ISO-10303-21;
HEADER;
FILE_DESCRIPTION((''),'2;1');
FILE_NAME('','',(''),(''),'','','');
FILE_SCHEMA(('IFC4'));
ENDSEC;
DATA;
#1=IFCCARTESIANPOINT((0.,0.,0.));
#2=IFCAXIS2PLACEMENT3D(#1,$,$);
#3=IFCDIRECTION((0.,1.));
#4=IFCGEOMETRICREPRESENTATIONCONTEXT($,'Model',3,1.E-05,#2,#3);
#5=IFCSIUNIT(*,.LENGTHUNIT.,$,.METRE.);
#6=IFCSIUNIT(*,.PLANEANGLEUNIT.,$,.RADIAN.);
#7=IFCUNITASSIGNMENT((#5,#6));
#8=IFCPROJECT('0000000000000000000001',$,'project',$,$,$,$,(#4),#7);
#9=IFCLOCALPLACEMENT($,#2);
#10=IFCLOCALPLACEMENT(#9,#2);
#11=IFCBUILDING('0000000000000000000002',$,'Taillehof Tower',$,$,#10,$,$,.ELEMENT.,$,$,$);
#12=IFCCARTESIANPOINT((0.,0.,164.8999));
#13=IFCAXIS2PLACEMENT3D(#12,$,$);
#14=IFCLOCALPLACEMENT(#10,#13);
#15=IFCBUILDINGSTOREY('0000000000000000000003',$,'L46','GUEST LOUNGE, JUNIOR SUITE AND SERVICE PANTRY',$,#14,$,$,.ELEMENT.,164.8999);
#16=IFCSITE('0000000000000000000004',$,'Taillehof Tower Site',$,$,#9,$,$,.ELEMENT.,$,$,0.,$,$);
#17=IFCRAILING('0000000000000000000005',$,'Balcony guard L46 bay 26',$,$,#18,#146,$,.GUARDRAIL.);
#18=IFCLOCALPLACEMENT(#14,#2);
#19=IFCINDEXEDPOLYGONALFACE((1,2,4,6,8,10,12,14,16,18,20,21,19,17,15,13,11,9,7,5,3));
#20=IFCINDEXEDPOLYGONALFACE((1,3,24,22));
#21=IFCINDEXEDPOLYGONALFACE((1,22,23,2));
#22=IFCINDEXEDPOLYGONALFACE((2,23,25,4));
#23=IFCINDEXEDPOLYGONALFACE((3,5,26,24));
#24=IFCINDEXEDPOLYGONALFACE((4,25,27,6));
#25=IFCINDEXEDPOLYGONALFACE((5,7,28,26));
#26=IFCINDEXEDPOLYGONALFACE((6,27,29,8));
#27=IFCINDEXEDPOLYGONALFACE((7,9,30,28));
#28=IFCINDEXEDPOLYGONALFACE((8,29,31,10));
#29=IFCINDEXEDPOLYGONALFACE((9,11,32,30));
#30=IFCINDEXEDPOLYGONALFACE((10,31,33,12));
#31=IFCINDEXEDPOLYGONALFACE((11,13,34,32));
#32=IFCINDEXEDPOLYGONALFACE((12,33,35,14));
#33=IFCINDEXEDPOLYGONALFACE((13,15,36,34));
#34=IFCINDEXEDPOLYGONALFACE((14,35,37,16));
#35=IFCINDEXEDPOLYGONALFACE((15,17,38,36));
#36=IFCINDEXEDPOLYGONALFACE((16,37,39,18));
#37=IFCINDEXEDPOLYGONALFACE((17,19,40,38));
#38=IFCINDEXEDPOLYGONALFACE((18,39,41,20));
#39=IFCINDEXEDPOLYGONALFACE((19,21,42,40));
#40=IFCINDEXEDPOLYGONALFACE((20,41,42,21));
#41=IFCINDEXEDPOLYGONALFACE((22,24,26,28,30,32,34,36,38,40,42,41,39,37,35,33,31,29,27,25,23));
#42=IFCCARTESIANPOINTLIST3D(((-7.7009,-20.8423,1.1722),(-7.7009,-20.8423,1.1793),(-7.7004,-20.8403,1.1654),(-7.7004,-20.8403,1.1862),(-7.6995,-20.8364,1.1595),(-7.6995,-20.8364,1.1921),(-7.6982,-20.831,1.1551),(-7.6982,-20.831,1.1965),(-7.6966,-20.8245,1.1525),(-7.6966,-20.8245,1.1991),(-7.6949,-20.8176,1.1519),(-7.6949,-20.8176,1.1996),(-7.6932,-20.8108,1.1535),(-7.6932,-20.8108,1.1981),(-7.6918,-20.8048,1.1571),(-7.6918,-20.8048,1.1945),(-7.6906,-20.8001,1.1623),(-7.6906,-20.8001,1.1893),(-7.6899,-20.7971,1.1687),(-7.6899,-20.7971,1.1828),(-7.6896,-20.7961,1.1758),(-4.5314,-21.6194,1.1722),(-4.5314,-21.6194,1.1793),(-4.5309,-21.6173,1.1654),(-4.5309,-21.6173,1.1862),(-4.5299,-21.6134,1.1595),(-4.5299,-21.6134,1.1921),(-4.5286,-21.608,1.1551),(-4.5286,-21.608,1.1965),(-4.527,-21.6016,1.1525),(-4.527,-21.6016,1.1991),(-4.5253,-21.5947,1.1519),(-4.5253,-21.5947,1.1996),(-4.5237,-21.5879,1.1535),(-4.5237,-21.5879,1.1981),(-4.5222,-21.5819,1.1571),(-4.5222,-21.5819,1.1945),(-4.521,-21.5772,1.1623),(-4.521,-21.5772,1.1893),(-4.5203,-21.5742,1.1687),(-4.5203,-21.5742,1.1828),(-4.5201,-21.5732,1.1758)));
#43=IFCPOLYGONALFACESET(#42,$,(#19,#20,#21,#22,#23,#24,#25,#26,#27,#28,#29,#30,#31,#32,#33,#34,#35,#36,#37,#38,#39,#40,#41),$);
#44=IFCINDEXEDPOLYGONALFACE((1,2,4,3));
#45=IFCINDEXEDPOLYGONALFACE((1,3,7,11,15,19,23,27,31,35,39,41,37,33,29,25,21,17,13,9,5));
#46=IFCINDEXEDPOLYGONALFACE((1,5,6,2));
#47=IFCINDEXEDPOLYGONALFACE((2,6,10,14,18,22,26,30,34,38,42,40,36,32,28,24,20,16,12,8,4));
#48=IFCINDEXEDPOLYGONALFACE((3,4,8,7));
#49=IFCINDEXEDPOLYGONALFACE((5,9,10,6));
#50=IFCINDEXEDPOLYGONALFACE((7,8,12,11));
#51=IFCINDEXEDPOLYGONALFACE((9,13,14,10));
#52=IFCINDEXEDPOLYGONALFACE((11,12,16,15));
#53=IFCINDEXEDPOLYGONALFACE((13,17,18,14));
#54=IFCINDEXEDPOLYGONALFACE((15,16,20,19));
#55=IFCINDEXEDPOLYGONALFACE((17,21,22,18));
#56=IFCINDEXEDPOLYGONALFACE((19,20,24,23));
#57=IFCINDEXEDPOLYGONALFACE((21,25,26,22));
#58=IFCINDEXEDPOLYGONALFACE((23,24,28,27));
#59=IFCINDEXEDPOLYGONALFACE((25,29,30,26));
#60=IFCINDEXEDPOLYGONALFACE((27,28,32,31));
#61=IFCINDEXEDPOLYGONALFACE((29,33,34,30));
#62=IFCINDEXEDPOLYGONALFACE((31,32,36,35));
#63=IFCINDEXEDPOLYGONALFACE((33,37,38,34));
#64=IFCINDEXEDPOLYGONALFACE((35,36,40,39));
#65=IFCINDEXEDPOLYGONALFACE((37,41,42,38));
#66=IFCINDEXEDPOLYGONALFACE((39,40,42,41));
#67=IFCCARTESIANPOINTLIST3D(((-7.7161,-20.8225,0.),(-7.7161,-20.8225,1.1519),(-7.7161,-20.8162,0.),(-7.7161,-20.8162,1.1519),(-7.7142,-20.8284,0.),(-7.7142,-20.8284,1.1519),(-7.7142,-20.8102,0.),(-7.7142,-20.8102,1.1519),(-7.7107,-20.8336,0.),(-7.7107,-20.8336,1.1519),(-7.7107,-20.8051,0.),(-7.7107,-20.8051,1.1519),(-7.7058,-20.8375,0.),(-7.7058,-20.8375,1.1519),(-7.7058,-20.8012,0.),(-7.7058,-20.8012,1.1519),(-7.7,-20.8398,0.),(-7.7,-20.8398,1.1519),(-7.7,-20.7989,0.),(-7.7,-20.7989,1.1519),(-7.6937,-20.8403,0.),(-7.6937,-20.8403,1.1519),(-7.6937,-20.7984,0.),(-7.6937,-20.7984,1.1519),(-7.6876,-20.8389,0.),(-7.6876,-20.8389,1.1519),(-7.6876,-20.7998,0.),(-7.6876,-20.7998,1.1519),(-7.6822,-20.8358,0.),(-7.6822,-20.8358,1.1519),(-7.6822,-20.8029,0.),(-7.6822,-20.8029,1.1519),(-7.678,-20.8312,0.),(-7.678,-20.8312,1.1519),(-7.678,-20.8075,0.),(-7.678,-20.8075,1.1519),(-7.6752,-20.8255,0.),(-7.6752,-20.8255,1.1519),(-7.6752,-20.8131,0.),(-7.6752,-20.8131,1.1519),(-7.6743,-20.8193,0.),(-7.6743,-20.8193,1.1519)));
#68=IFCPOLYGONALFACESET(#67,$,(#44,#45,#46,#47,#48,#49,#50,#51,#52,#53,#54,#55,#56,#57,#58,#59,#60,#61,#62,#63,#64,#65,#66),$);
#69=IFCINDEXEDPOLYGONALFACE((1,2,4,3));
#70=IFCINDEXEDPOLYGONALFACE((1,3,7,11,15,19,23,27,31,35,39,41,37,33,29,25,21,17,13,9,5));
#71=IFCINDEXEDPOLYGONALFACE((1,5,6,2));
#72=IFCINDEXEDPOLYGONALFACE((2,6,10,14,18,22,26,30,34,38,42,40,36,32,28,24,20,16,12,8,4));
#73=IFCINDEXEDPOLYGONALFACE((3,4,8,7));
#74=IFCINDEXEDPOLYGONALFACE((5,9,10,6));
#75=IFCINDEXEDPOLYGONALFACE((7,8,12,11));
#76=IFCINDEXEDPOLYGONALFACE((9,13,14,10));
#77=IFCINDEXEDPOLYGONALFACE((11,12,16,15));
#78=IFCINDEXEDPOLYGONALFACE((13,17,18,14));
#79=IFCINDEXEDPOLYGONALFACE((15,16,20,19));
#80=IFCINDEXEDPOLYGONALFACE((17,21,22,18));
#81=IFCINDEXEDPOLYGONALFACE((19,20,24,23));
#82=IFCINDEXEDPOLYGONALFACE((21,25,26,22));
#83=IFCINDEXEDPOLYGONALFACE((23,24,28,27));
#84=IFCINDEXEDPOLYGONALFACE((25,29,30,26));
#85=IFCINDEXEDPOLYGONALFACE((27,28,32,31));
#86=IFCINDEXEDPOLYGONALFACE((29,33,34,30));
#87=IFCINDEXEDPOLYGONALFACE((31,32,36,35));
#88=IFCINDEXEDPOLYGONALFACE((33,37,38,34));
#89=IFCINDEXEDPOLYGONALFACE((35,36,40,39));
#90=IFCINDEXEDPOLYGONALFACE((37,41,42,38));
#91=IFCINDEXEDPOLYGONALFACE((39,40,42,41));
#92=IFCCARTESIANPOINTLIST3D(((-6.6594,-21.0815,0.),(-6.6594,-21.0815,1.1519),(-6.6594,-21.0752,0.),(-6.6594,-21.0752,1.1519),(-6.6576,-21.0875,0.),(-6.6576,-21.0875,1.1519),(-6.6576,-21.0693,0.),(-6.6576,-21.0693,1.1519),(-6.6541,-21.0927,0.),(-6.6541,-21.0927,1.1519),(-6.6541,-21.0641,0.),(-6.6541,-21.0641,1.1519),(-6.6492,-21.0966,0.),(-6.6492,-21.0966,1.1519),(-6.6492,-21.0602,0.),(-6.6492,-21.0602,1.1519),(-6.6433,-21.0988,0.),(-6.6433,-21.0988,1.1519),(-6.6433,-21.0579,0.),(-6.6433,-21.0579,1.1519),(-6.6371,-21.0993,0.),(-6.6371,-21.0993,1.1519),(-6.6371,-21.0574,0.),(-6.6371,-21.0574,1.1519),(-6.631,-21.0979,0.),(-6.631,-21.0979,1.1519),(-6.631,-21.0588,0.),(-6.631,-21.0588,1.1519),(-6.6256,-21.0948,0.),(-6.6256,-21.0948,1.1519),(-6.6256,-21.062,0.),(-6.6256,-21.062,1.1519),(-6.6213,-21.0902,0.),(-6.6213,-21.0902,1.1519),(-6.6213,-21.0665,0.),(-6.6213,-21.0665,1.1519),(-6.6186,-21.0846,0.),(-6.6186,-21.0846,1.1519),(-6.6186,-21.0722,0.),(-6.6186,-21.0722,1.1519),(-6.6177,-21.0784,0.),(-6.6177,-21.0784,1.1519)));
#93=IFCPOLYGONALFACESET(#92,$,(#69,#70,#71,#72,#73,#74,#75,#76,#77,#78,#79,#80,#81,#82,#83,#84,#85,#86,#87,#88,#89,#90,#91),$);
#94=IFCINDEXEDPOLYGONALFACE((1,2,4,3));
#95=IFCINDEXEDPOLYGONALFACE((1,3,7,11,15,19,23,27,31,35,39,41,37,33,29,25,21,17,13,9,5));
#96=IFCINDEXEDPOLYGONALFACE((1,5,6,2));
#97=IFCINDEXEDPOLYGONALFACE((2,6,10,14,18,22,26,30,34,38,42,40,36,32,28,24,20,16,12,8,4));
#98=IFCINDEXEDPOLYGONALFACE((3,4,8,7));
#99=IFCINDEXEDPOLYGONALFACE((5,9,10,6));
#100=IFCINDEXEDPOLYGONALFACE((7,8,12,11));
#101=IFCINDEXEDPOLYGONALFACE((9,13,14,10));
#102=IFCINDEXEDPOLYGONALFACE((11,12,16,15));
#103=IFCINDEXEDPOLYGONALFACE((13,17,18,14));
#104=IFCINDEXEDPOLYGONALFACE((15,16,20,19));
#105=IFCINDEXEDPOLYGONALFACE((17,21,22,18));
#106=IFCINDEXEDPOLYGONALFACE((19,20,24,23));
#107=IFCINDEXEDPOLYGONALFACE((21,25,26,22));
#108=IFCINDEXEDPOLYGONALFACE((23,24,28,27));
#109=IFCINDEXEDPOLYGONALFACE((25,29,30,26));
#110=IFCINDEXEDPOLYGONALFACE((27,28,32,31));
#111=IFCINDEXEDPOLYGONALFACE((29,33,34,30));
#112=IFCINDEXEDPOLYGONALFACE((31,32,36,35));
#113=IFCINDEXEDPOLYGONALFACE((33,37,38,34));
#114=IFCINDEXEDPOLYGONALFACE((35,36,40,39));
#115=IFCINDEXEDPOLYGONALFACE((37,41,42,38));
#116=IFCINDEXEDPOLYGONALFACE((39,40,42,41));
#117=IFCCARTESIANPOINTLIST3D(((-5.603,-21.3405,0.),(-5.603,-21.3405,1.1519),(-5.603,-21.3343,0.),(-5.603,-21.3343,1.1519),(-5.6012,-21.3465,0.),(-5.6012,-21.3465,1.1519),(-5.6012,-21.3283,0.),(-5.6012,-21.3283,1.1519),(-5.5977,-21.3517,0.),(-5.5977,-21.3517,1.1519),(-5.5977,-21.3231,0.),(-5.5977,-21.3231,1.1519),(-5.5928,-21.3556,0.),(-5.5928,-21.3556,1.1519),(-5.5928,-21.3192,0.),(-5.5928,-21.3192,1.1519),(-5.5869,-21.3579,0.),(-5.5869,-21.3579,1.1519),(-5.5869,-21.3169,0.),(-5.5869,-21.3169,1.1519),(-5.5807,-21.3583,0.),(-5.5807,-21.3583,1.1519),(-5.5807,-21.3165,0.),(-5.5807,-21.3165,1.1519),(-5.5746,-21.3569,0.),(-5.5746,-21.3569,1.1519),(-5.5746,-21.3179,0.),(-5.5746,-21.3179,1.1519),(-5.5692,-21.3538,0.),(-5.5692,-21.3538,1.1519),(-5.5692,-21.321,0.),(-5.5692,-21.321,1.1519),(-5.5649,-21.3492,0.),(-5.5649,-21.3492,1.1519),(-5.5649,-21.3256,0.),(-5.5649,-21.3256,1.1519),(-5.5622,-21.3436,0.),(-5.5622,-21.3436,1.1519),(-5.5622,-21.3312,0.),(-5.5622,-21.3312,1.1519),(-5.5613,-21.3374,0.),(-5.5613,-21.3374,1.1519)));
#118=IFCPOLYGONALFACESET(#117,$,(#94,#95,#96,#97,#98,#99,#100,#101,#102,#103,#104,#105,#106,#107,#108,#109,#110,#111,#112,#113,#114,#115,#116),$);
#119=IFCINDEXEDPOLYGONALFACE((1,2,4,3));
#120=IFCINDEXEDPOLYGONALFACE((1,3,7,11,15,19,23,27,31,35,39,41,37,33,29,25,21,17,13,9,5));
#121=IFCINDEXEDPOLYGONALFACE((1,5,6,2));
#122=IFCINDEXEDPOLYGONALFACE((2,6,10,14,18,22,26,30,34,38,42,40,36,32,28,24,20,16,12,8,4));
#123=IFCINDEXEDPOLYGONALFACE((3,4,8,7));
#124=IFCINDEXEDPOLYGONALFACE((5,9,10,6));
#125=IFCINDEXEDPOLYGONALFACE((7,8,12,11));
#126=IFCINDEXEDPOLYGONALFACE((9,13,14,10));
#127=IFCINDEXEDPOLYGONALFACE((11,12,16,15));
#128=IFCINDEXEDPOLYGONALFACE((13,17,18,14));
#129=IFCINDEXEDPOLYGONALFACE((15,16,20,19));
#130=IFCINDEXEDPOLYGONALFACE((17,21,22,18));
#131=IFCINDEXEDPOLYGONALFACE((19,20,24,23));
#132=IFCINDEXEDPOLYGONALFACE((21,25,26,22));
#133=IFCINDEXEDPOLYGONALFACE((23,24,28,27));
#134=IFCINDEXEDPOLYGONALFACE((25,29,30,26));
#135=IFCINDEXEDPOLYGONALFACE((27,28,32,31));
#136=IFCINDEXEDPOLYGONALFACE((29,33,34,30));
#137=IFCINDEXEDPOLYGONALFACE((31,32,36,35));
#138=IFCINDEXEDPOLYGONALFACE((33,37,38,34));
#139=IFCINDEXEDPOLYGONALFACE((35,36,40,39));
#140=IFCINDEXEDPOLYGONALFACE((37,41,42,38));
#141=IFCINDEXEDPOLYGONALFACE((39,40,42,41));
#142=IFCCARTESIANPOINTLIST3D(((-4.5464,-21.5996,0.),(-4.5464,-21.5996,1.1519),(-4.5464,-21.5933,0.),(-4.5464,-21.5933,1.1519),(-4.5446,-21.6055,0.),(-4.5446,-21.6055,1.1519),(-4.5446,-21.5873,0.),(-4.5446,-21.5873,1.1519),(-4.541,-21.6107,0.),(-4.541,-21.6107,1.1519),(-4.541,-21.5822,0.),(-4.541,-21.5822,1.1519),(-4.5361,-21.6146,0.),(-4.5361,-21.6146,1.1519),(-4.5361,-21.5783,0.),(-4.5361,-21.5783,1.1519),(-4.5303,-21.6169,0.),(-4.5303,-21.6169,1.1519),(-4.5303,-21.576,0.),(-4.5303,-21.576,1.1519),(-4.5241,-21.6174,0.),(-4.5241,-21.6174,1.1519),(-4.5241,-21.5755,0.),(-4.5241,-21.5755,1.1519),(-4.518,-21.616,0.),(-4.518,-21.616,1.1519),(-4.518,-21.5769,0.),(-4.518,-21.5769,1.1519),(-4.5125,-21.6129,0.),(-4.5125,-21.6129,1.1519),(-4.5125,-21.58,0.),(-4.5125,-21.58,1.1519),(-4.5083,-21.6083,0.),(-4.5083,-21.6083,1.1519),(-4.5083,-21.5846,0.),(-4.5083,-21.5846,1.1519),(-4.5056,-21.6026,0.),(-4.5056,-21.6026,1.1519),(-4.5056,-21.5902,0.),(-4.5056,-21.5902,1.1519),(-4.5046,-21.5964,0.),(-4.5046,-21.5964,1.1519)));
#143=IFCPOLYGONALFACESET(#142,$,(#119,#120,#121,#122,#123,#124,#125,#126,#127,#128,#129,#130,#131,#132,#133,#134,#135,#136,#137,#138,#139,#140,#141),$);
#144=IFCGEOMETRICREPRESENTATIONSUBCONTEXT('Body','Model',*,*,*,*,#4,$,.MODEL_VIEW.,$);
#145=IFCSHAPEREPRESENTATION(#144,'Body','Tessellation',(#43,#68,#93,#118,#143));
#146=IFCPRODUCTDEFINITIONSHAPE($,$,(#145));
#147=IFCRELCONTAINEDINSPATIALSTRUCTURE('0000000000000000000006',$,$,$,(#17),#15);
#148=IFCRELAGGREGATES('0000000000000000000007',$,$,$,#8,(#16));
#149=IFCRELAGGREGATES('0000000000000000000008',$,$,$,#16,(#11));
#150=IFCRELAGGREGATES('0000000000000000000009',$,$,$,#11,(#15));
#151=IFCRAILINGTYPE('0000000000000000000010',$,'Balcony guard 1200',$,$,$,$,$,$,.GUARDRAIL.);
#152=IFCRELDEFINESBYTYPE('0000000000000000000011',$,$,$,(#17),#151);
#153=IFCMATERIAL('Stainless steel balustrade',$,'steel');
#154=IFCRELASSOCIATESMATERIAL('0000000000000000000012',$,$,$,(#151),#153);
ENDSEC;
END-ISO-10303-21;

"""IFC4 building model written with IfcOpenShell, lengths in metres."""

from ifc_helpers import new_model, si_unit, direction, frame, origin, origin_2d, place, context, subcontext, project, spatial, circle, extrude, material, type_object, element, save


model = new_model("IFC4")

# Units and contexts
model_context = context("Model", 3, precision=1e-05, world=origin(), true_north=direction((0.0, 1.0)))
body_context = subcontext(model_context, "Body", "Model", "MODEL_VIEW")
ifc_project = project(units=[si_unit("LENGTHUNIT", "METRE"), si_unit("PLANEANGLEUNIT", "RADIAN")], contexts=[model_context])

# Site, building, storey
site_placement = place(None, origin())
site = spatial("IfcSite", under=ifc_project, at=site_placement, Name="Taillehof Tower Site", CompositionType="ELEMENT", RefElevation=0.0)
building_placement = place(site_placement, origin())
building = spatial("IfcBuilding", under=site, at=building_placement, Name="Taillehof Tower", CompositionType="ELEMENT")
storey_placement = place(building_placement, frame((0.0, 0.0, 164.8999)))
storey = spatial("IfcBuildingStorey", under=building, at=storey_placement, Name="L46", Description="GUEST LOUNGE, JUNIOR SUITE AND SERVICE PANTRY", CompositionType="ELEMENT", Elevation=164.8999)

# Railing
ifc_material_1 = material(Name="Stainless steel balustrade", Category="steel")
railing_type = type_object("IfcRailingType", Name="Balcony guard 1200", PredefinedType="GUARDRAIL", material=ifc_material_1)
railing_1_placement = place(storey_placement, frame((-7.6953, -20.8193, 0.0)))
element("IfcRailing", 1, at=railing_1_placement, inside=storey, type_object=railing_type, Name="Balcony guard L46 bay 26", PredefinedType="GUARDRAIL", context=body_context, shape_type="SweptSolid", body=[
    extrude(circle(Radius=0.0239, at=origin_2d()), frame((0.0, 0.0, 1.1758), z_axis=(0.971237, -0.238115, 0.0), x_axis=(0.238115, 0.971237, 0.0)), (0.0, 0.0, 1.0), 3.2634),
    extrude(circle(Radius=0.021, at=origin_2d()), origin(), (0.0, 0.0, 1.0), 1.1519),
    extrude(circle(Radius=0.021, at=origin_2d()), frame((1.0566, -0.259, 0.0)), (0.0, 0.0, 1.0), 1.1519),
    extrude(circle(Radius=0.021, at=origin_2d()), frame((2.113, -0.5181, 0.0)), (0.0, 0.0, 1.0), 1.1519),
    extrude(circle(Radius=0.021, at=origin_2d()), frame((3.1697, -0.7771, 0.0)), (0.0, 0.0, 1.0), 1.1519),
])

save(model, "model.ifc")
